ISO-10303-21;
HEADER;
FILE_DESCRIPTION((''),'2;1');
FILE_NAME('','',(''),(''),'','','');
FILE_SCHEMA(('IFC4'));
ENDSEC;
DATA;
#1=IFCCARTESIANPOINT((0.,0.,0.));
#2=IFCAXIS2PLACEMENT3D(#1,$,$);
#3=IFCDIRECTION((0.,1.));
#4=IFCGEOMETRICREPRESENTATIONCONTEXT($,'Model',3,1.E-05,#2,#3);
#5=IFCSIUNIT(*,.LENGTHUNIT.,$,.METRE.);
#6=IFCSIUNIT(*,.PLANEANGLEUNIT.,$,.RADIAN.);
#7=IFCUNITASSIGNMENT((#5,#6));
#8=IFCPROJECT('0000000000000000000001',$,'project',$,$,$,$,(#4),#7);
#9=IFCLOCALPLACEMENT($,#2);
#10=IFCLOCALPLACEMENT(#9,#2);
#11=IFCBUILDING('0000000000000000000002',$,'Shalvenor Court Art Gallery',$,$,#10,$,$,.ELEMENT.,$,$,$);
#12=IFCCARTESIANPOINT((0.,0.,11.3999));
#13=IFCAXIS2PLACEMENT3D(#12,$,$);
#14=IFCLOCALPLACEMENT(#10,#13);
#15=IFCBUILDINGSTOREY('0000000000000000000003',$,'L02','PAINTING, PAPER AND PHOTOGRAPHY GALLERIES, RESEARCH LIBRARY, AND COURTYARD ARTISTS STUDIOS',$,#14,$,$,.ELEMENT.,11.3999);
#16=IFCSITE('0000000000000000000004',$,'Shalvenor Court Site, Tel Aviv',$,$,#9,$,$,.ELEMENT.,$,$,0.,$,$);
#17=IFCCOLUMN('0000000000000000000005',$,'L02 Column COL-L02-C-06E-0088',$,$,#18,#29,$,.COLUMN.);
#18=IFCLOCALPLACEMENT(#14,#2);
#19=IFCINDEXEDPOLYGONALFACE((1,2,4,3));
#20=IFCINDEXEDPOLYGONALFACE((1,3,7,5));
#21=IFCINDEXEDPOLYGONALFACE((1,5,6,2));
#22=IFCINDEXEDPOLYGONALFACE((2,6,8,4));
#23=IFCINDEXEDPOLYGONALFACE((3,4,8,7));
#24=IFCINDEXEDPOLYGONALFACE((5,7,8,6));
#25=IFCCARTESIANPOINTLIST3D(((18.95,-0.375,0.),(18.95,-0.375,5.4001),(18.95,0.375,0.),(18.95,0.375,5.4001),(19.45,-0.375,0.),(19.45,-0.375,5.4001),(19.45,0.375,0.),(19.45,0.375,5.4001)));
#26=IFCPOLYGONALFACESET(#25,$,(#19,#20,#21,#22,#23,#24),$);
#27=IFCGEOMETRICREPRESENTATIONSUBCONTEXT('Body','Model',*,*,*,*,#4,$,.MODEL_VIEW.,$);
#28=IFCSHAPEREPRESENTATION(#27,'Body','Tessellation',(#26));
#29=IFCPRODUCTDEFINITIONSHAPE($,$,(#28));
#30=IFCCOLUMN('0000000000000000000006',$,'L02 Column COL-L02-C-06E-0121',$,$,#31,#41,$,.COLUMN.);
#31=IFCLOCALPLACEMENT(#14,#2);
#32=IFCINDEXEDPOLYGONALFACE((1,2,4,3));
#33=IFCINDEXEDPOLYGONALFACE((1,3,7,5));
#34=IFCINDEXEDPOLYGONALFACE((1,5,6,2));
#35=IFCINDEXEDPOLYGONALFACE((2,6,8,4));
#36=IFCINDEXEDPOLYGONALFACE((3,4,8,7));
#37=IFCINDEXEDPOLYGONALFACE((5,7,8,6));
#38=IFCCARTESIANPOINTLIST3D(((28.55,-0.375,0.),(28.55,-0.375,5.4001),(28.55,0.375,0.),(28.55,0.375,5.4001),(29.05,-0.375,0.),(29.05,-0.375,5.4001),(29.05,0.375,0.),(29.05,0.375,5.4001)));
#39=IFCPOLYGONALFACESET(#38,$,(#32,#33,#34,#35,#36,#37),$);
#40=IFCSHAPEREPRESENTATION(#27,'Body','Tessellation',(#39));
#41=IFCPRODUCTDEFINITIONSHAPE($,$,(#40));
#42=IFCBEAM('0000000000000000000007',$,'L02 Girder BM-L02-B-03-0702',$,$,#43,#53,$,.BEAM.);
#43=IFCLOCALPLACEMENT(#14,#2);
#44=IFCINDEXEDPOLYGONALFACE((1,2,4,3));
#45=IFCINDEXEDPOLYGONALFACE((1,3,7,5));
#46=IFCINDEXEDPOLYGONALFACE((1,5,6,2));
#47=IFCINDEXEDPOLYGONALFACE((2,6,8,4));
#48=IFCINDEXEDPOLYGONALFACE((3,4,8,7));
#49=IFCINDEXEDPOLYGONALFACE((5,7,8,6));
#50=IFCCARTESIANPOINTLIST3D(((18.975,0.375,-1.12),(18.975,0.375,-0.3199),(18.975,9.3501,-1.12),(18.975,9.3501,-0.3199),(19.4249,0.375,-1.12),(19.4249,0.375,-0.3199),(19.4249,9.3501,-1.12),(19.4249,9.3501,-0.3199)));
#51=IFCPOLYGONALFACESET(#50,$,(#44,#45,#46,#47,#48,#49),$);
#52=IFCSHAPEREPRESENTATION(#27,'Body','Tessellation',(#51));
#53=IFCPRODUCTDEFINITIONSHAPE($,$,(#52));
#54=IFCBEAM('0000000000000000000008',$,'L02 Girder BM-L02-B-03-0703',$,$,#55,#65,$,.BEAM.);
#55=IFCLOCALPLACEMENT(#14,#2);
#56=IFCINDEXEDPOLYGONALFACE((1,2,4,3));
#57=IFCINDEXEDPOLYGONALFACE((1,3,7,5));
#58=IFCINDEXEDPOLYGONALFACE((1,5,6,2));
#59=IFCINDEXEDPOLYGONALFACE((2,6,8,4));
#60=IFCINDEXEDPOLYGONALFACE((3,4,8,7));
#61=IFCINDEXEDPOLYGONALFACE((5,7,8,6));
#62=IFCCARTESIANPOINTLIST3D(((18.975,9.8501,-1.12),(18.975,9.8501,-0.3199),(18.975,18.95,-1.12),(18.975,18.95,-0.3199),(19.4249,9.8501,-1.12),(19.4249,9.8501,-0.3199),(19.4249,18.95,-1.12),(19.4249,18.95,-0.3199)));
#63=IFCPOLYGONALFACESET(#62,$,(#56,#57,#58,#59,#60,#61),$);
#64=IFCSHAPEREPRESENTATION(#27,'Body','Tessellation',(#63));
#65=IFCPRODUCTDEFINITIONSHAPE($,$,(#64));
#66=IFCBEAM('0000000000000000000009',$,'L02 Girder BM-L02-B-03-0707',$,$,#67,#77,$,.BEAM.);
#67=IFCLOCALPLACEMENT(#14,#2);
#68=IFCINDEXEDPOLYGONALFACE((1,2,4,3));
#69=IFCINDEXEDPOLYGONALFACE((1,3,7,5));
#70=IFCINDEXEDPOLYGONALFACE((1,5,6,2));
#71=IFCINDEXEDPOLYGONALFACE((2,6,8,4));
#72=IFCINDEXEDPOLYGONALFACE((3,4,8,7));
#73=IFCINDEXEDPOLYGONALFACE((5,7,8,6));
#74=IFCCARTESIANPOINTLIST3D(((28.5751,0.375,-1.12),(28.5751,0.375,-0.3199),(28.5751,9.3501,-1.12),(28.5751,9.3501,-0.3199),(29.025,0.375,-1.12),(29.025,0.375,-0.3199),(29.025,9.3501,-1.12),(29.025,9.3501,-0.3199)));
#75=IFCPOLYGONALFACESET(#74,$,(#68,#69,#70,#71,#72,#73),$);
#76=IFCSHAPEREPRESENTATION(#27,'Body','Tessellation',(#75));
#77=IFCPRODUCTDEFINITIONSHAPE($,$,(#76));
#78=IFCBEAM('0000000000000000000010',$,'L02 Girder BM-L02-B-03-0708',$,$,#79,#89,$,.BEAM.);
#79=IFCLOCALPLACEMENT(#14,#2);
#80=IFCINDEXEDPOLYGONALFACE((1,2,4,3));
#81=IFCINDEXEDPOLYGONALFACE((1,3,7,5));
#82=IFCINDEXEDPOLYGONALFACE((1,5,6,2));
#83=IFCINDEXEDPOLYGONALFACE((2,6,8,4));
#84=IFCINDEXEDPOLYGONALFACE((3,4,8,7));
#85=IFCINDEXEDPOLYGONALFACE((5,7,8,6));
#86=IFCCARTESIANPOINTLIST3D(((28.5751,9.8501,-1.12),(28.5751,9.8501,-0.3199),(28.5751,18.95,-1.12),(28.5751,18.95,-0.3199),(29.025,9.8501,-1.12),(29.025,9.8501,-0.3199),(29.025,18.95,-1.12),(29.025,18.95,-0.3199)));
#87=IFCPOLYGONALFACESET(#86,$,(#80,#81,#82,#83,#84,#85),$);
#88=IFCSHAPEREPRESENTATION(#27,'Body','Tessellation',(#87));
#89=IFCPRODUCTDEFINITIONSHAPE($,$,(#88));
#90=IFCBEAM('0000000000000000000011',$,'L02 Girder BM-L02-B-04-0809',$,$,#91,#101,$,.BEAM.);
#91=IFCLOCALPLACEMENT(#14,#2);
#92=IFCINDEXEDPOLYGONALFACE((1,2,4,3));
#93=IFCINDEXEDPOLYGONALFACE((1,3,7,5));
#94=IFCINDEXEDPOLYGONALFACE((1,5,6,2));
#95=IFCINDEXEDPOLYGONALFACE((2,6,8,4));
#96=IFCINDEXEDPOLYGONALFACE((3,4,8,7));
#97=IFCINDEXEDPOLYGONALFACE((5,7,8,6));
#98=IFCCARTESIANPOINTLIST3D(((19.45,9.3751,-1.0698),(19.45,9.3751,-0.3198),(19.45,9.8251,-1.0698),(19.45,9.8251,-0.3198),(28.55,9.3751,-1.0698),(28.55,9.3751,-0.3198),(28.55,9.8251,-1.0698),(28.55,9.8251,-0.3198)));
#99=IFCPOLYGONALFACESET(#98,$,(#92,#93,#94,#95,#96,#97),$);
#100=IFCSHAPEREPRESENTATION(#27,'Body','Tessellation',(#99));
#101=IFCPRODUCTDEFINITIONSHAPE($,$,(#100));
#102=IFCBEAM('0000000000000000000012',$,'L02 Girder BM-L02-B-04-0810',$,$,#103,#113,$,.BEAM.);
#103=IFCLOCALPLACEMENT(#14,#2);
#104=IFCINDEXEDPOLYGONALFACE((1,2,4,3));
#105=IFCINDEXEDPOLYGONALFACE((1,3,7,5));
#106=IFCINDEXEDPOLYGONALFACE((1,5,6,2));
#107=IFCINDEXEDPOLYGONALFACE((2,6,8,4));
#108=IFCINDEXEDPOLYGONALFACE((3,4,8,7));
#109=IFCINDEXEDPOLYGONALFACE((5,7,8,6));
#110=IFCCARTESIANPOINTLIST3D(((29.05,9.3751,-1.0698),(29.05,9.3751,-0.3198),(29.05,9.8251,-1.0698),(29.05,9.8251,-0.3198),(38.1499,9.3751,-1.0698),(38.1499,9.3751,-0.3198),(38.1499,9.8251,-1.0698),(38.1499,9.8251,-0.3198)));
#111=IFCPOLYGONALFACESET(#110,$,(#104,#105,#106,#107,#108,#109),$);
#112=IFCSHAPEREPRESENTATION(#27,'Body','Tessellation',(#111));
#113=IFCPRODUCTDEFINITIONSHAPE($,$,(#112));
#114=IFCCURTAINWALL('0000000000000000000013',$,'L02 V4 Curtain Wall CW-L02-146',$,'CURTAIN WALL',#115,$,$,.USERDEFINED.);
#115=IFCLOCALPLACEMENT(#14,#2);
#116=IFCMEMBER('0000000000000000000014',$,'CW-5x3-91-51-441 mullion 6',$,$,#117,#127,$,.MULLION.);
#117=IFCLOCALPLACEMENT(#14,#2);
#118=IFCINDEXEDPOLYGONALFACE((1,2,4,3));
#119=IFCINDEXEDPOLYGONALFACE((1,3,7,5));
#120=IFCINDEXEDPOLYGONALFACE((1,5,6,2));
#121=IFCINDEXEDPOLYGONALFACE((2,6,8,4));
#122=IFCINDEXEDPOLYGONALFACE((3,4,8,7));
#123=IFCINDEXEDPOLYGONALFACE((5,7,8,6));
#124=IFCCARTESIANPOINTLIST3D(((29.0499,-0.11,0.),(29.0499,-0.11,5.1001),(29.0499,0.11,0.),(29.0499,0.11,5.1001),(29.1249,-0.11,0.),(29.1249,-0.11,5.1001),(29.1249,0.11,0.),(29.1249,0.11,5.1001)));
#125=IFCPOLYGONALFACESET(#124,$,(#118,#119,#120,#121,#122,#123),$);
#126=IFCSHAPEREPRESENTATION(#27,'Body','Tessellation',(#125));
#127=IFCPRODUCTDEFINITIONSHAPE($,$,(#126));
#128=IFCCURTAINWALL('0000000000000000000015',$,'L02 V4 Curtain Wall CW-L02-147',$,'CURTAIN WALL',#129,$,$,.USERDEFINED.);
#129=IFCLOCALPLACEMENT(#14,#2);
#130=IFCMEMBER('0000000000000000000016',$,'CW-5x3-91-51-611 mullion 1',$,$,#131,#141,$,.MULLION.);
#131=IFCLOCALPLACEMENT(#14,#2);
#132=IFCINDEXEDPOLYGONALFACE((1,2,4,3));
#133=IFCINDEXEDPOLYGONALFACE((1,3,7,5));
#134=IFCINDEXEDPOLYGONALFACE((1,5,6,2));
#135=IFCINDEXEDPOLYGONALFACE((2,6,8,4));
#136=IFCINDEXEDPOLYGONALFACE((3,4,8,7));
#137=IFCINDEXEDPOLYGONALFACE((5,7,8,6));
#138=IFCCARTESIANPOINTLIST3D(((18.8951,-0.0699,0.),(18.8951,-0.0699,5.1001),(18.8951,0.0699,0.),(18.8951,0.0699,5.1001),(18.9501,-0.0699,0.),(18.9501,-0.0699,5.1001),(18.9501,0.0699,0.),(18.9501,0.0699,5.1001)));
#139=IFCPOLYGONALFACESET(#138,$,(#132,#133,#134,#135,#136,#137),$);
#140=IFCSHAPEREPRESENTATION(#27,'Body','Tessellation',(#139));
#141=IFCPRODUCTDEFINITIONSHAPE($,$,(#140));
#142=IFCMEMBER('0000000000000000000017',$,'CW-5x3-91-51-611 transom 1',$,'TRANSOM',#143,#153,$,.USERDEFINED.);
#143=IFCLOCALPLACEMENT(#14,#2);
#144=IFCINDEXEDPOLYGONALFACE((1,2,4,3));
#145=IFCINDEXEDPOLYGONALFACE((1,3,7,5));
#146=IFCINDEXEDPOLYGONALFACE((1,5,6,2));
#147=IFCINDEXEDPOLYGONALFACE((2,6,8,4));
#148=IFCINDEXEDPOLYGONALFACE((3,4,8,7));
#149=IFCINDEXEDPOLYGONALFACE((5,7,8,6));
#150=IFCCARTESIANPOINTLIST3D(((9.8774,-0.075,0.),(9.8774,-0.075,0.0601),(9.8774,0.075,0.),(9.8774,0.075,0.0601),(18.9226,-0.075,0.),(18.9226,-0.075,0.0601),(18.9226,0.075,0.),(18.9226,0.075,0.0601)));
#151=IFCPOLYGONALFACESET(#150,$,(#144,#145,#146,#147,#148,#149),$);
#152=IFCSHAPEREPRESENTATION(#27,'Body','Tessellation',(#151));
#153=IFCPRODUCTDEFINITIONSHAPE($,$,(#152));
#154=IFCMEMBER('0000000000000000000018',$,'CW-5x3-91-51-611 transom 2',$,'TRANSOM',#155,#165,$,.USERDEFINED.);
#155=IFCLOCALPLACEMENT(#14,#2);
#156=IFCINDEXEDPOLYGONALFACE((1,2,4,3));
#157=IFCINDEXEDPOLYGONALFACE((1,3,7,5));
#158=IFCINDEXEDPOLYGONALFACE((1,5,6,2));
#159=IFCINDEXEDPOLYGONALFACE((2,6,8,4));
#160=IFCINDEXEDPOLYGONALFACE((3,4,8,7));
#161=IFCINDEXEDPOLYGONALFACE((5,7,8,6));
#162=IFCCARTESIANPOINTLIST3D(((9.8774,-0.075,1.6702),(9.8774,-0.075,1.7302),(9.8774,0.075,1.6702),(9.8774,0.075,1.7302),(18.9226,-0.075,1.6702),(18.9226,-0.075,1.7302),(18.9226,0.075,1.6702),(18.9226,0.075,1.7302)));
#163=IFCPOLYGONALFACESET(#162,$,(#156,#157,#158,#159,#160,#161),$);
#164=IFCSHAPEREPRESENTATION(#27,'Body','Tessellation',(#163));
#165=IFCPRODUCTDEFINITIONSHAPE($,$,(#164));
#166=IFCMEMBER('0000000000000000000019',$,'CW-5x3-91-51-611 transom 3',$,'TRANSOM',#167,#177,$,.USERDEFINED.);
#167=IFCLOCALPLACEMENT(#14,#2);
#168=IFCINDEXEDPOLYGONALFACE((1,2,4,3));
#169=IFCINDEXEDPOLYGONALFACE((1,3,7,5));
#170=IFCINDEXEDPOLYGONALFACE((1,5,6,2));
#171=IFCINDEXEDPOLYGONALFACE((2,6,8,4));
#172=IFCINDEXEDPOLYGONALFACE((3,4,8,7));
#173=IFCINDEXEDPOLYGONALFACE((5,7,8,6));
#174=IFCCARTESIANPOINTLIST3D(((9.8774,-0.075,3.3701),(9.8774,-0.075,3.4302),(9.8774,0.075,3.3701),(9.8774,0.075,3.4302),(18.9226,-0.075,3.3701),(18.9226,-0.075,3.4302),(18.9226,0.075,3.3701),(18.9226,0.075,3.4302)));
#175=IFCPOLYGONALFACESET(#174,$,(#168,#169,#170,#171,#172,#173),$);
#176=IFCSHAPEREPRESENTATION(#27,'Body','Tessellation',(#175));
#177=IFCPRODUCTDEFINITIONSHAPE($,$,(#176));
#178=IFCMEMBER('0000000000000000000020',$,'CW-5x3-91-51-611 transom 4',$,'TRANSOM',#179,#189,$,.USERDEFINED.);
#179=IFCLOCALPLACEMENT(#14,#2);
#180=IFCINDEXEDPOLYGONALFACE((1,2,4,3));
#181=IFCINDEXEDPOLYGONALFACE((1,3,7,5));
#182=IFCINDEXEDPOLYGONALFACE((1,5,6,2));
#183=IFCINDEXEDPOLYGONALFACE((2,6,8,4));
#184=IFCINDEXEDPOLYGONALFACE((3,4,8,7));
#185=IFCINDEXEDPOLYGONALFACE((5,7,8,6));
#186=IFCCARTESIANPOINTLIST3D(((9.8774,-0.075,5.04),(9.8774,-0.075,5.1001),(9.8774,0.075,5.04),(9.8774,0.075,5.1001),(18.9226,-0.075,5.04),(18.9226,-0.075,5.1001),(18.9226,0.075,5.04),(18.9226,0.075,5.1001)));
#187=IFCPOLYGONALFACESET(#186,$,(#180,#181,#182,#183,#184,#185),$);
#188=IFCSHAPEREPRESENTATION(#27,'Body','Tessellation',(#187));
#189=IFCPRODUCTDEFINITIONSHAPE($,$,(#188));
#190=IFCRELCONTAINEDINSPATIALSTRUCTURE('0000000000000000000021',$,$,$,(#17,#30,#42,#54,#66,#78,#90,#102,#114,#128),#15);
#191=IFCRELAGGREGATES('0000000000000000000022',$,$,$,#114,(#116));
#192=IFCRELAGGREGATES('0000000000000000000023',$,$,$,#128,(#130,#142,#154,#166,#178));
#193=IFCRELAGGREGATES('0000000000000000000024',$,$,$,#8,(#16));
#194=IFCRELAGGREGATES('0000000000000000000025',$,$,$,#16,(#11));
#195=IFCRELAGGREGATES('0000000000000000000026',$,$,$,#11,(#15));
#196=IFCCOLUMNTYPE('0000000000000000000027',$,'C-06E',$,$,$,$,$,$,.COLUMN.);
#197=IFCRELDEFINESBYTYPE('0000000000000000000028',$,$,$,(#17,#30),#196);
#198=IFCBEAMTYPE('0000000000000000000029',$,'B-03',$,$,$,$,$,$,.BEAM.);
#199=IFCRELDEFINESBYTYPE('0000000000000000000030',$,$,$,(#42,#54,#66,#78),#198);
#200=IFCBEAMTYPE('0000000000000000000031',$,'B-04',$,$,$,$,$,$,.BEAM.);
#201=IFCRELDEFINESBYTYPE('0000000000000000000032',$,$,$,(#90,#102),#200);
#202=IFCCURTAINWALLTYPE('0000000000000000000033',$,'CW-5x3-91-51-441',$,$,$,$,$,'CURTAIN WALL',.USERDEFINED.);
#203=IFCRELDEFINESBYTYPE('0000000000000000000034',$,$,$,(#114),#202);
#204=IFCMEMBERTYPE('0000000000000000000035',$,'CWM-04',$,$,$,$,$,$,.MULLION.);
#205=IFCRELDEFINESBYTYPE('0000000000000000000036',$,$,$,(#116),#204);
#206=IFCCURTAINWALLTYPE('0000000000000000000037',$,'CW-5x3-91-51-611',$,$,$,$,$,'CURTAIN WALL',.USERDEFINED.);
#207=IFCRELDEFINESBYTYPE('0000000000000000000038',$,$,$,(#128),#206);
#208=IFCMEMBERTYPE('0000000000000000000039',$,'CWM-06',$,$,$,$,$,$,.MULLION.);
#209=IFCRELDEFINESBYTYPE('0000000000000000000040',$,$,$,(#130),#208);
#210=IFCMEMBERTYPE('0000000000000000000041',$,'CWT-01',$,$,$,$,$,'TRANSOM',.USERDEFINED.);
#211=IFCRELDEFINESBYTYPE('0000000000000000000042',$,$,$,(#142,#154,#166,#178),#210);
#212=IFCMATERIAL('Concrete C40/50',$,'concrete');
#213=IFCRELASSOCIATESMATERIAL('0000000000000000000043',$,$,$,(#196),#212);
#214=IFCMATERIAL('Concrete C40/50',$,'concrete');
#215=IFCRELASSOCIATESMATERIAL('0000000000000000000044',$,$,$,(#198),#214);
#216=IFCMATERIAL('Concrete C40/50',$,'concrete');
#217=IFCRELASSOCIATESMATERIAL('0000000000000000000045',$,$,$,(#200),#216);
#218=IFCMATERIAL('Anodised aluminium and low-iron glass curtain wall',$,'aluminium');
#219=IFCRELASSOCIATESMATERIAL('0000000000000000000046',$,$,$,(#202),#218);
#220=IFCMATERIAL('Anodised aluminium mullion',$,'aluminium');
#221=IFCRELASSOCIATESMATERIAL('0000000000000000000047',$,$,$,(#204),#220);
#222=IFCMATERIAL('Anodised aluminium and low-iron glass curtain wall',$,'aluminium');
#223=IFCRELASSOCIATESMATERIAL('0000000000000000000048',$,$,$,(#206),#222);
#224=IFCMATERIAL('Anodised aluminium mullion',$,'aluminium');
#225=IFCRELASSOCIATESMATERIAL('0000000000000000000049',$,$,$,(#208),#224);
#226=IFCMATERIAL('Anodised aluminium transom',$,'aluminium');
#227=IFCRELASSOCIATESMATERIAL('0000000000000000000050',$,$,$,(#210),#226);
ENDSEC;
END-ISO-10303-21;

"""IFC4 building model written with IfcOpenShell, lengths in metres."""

from ifc_helpers import new_model, si_unit, direction, frame, origin, origin_2d, place, context, subcontext, project, spatial, rectangle, extrude, material, material_profile, profile_set, type_object, element, aggregate, save


model = new_model("IFC4")

# Units and contexts
model_context = context("Model", 3, precision=1e-05, world=origin(), true_north=direction((0.0, 1.0)))
body_context = subcontext(model_context, "Body", "Model", "MODEL_VIEW")
ifc_project = project(units=[si_unit("LENGTHUNIT", "METRE"), si_unit("PLANEANGLEUNIT", "RADIAN")], contexts=[model_context])

# Site, building, storey
site_placement = place(None, origin())
site = spatial("IfcSite", under=ifc_project, at=site_placement, Name="Shalvenor Court Site, Tel Aviv", CompositionType="ELEMENT", RefElevation=0.0)
building_placement = place(site_placement, origin())
building = spatial("IfcBuilding", under=site, at=building_placement, Name="Shalvenor Court Art Gallery", CompositionType="ELEMENT")
storey_placement = place(building_placement, frame((0.0, 0.0, 11.3999)))
storey = spatial("IfcBuildingStorey", under=building, at=storey_placement, Name="L02", Description="PAINTING, PAPER AND PHOTOGRAPHY GALLERIES, RESEARCH LIBRARY, AND COURTYARD ARTISTS STUDIOS", CompositionType="ELEMENT", Elevation=11.3999)

# Columns
ifc_material_1 = material(Name="Concrete C40/50", Category="concrete")
ifc_material_profile_1 = material_profile(ifc_material_1, rectangle(XDim=0.5, YDim=0.75, at=origin_2d()), Name="RC 500x750")
ifc_profile_set_1 = profile_set([ifc_material_profile_1], Name="Concrete C40/50")
column_type = type_object("IfcColumnType", Name="C-06E", PredefinedType="COLUMN", material=ifc_profile_set_1)
for number, where, z_axis, x_axis, name in (
    (1, (19.2, 0.0, 0.0), (0.0, 0.0, 1.0), (1.0, 0.0, 0.0), "L02 Column COL-L02-C-06E-0088"),
    (2, (28.8, 0.0, 0.0), (0.0, 0.0, 1.0), (1.0, 0.0, 0.0), "L02 Column COL-L02-C-06E-0121"),
):
    element("IfcColumn", number, at=place(storey_placement, frame(where, z_axis=z_axis, x_axis=x_axis)), inside=storey, type_object=column_type, Name=name, PredefinedType="COLUMN", context=body_context, shape_type="SweptSolid", body=[
        extrude(rectangle(XDim=0.5, YDim=0.75, at=origin_2d()), origin(), (0.0, 0.0, 1.0), 5.4001),
    ])

# Beams
ifc_material_2 = material(Name="Concrete C40/50", Category="concrete")
ifc_material_profile_2 = material_profile(ifc_material_2, rectangle(XDim=0.45, YDim=0.8, at=origin_2d()), Name="RC 450x800")
ifc_profile_set_2 = profile_set([ifc_material_profile_2], Name="Concrete C40/50")
beam_type_1 = type_object("IfcBeamType", Name="B-03", PredefinedType="BEAM", material=ifc_profile_set_2)
beam_1_placement = place(storey_placement, frame((19.2, 0.375, -0.72), z_axis=(0.0, 1.0, 0.0), x_axis=(-1.0, 0.0, 0.0)))
element("IfcBeam", 3, at=beam_1_placement, inside=storey, type_object=beam_type_1, Name="L02 Girder BM-L02-B-03-0702", PredefinedType="BEAM", context=body_context, shape_type="SweptSolid", body=[
    extrude(rectangle(XDim=0.45, YDim=0.8, at=origin_2d()), origin(), (0.0, 0.0, 1.0), 8.9751),
])
beam_2_placement = place(storey_placement, frame((19.2, 9.8501, -0.72), z_axis=(0.0, 1.0, 0.0), x_axis=(-1.0, 0.0, 0.0)))
element("IfcBeam", 4, at=beam_2_placement, inside=storey, type_object=beam_type_1, Name="L02 Girder BM-L02-B-03-0703", PredefinedType="BEAM", context=body_context, shape_type="SweptSolid", body=[
    extrude(rectangle(XDim=0.45, YDim=0.8, at=origin_2d()), origin(), (0.0, 0.0, 1.0), 9.0999),
])
beam_3_placement = place(storey_placement, frame((28.8, 0.375, -0.72), z_axis=(0.0, 1.0, 0.0), x_axis=(-1.0, 0.0, 0.0)))
element("IfcBeam", 5, at=beam_3_placement, inside=storey, type_object=beam_type_1, Name="L02 Girder BM-L02-B-03-0707", PredefinedType="BEAM", context=body_context, shape_type="SweptSolid", body=[
    extrude(rectangle(XDim=0.45, YDim=0.8, at=origin_2d()), origin(), (0.0, 0.0, 1.0), 8.9751),
])
beam_4_placement = place(storey_placement, frame((28.8, 9.8501, -0.72), z_axis=(0.0, 1.0, 0.0), x_axis=(-1.0, 0.0, 0.0)))
element("IfcBeam", 6, at=beam_4_placement, inside=storey, type_object=beam_type_1, Name="L02 Girder BM-L02-B-03-0708", PredefinedType="BEAM", context=body_context, shape_type="SweptSolid", body=[
    extrude(rectangle(XDim=0.45, YDim=0.8, at=origin_2d()), origin(), (0.0, 0.0, 1.0), 9.0999),
])
ifc_material_3 = material(Name="Concrete C40/50", Category="concrete")
ifc_material_profile_3 = material_profile(ifc_material_3, rectangle(XDim=0.45, YDim=0.75, at=origin_2d()), Name="RC 450x750")
ifc_profile_set_3 = profile_set([ifc_material_profile_3], Name="Concrete C40/50")
beam_type_2 = type_object("IfcBeamType", Name="B-04", PredefinedType="BEAM", material=ifc_profile_set_3)
beam_5_placement = place(storey_placement, frame((19.45, 9.6001, -0.6948), z_axis=(1.0, 0.0, 0.0), x_axis=(0.0, 1.0, 0.0)))
element("IfcBeam", 7, at=beam_5_placement, inside=storey, type_object=beam_type_2, Name="L02 Girder BM-L02-B-04-0809", PredefinedType="BEAM", context=body_context, shape_type="SweptSolid", body=[
    extrude(rectangle(XDim=0.45, YDim=0.75, at=origin_2d()), origin(), (0.0, 0.0, 1.0), 9.1001),
])
beam_6_placement = place(storey_placement, frame((29.05, 9.6001, -0.6948), z_axis=(1.0, 0.0, 0.0), x_axis=(0.0, 1.0, 0.0)))
element("IfcBeam", 8, at=beam_6_placement, inside=storey, type_object=beam_type_2, Name="L02 Girder BM-L02-B-04-0810", PredefinedType="BEAM", context=body_context, shape_type="SweptSolid", body=[
    extrude(rectangle(XDim=0.45, YDim=0.75, at=origin_2d()), origin(), (0.0, 0.0, 1.0), 9.0999),
])

# Curtain wall, member
ifc_material_4 = material(Name="Anodised aluminium and low-iron glass curtain wall", Category="aluminium")
curtain_wall_type_1 = type_object("IfcCurtainWallType", Name="CW-5x3-91-51-441", ElementType="CURTAIN WALL", PredefinedType="USERDEFINED", material=ifc_material_4)
curtain_wall_1_placement = place(storey_placement, origin())
curtain_wall_1 = element("IfcCurtainWall", 9, at=curtain_wall_1_placement, inside=storey, type_object=curtain_wall_type_1, Name="L02 V4 Curtain Wall CW-L02-146", ObjectType="CURTAIN WALL", PredefinedType="USERDEFINED")
ifc_material_5 = material(Name="Anodised aluminium mullion", Category="aluminium")
ifc_material_profile_4 = material_profile(ifc_material_5, rectangle(XDim=0.075, YDim=0.22, at=origin_2d()), Name="CWM-04")
ifc_profile_set_4 = profile_set([ifc_material_profile_4], Name="Anodised aluminium mullion")
member_type_1 = type_object("IfcMemberType", Name="CWM-04", PredefinedType="MULLION", material=ifc_profile_set_4)
member_1_placement = place(storey_placement, frame((29.0874, 0.0, 0.0), z_axis=(0.0, 0.0, 1.0), x_axis=(-1.0, 0.0, 0.0)))
member_1 = element("IfcMember", 10, at=member_1_placement, type_object=member_type_1, Name="CW-5x3-91-51-441 mullion 6", PredefinedType="MULLION", context=body_context, shape_type="SweptSolid", body=[
    extrude(rectangle(XDim=0.075, YDim=0.22, at=origin_2d()), origin(), (0.0, 0.0, 1.0), 5.1001),
])

# Curtain wall, members
ifc_material_6 = material(Name="Anodised aluminium and low-iron glass curtain wall", Category="aluminium")
curtain_wall_type_2 = type_object("IfcCurtainWallType", Name="CW-5x3-91-51-611", ElementType="CURTAIN WALL", PredefinedType="USERDEFINED", material=ifc_material_6)
curtain_wall_2_placement = place(storey_placement, origin())
curtain_wall_2 = element("IfcCurtainWall", 11, at=curtain_wall_2_placement, inside=storey, type_object=curtain_wall_type_2, Name="L02 V4 Curtain Wall CW-L02-147", ObjectType="CURTAIN WALL", PredefinedType="USERDEFINED")
ifc_material_7 = material(Name="Anodised aluminium mullion", Category="aluminium")
ifc_material_profile_5 = material_profile(ifc_material_7, rectangle(XDim=0.0549, YDim=0.1399, at=origin_2d()), Name="CWM-06")
ifc_profile_set_5 = profile_set([ifc_material_profile_5], Name="Anodised aluminium mullion")
member_type_2 = type_object("IfcMemberType", Name="CWM-06", PredefinedType="MULLION", material=ifc_profile_set_5)
member_2_placement = place(storey_placement, frame((18.9226, 0.0, 0.0), z_axis=(0.0, 0.0, 1.0), x_axis=(-1.0, 0.0, 0.0)))
member_2 = element("IfcMember", 12, at=member_2_placement, type_object=member_type_2, Name="CW-5x3-91-51-611 mullion 1", PredefinedType="MULLION", context=body_context, shape_type="SweptSolid", body=[
    extrude(rectangle(XDim=0.0549, YDim=0.1399, at=origin_2d()), origin(), (0.0, 0.0, 1.0), 5.1001),
])
ifc_material_8 = material(Name="Anodised aluminium transom", Category="aluminium")
ifc_material_profile_6 = material_profile(ifc_material_8, rectangle(XDim=0.1499, YDim=0.0601, at=origin_2d()), Name="CWT-01")
ifc_profile_set_6 = profile_set([ifc_material_profile_6], Name="Anodised aluminium transom")
member_type_3 = type_object("IfcMemberType", Name="CWT-01", ElementType="TRANSOM", PredefinedType="USERDEFINED", material=ifc_profile_set_6)
member_3_placement = place(storey_placement, frame((18.9226, 0.0, 0.03), z_axis=(-1.0, 0.0, 0.0), x_axis=(0.0, -1.0, 0.0)))
member_3 = element("IfcMember", 13, at=member_3_placement, type_object=member_type_3, Name="CW-5x3-91-51-611 transom 1", ObjectType="TRANSOM", PredefinedType="USERDEFINED", context=body_context, shape_type="SweptSolid", body=[
    extrude(rectangle(XDim=0.1499, YDim=0.0601, at=origin_2d()), origin(), (0.0, 0.0, 1.0), 9.0452),
])
member_4_placement = place(storey_placement, frame((18.9226, 0.0, 1.7002), z_axis=(-1.0, 0.0, 0.0), x_axis=(0.0, -1.0, 0.0)))
member_4 = element("IfcMember", 14, at=member_4_placement, type_object=member_type_3, Name="CW-5x3-91-51-611 transom 2", ObjectType="TRANSOM", PredefinedType="USERDEFINED", context=body_context, shape_type="SweptSolid", body=[
    extrude(rectangle(XDim=0.1499, YDim=0.0601, at=origin_2d()), origin(), (0.0, 0.0, 1.0), 9.0452),
])
member_5_placement = place(storey_placement, frame((18.9226, 0.0, 3.4001), z_axis=(-1.0, 0.0, 0.0), x_axis=(0.0, -1.0, 0.0)))
member_5 = element("IfcMember", 15, at=member_5_placement, type_object=member_type_3, Name="CW-5x3-91-51-611 transom 3", ObjectType="TRANSOM", PredefinedType="USERDEFINED", context=body_context, shape_type="SweptSolid", body=[
    extrude(rectangle(XDim=0.1499, YDim=0.0601, at=origin_2d()), origin(), (0.0, 0.0, 1.0), 9.0452),
])
member_6_placement = place(storey_placement, frame((18.9226, 0.0, 5.0701), z_axis=(-1.0, 0.0, 0.0), x_axis=(0.0, -1.0, 0.0)))
member_6 = element("IfcMember", 16, at=member_6_placement, type_object=member_type_3, Name="CW-5x3-91-51-611 transom 4", ObjectType="TRANSOM", PredefinedType="USERDEFINED", context=body_context, shape_type="SweptSolid", body=[
    extrude(rectangle(XDim=0.1499, YDim=0.0601, at=origin_2d()), origin(), (0.0, 0.0, 1.0), 9.0452),
])

aggregate(curtain_wall_1, [member_1])
aggregate(curtain_wall_2, [member_2, member_3, member_4, member_5, member_6])

save(model, "model.ifc")
